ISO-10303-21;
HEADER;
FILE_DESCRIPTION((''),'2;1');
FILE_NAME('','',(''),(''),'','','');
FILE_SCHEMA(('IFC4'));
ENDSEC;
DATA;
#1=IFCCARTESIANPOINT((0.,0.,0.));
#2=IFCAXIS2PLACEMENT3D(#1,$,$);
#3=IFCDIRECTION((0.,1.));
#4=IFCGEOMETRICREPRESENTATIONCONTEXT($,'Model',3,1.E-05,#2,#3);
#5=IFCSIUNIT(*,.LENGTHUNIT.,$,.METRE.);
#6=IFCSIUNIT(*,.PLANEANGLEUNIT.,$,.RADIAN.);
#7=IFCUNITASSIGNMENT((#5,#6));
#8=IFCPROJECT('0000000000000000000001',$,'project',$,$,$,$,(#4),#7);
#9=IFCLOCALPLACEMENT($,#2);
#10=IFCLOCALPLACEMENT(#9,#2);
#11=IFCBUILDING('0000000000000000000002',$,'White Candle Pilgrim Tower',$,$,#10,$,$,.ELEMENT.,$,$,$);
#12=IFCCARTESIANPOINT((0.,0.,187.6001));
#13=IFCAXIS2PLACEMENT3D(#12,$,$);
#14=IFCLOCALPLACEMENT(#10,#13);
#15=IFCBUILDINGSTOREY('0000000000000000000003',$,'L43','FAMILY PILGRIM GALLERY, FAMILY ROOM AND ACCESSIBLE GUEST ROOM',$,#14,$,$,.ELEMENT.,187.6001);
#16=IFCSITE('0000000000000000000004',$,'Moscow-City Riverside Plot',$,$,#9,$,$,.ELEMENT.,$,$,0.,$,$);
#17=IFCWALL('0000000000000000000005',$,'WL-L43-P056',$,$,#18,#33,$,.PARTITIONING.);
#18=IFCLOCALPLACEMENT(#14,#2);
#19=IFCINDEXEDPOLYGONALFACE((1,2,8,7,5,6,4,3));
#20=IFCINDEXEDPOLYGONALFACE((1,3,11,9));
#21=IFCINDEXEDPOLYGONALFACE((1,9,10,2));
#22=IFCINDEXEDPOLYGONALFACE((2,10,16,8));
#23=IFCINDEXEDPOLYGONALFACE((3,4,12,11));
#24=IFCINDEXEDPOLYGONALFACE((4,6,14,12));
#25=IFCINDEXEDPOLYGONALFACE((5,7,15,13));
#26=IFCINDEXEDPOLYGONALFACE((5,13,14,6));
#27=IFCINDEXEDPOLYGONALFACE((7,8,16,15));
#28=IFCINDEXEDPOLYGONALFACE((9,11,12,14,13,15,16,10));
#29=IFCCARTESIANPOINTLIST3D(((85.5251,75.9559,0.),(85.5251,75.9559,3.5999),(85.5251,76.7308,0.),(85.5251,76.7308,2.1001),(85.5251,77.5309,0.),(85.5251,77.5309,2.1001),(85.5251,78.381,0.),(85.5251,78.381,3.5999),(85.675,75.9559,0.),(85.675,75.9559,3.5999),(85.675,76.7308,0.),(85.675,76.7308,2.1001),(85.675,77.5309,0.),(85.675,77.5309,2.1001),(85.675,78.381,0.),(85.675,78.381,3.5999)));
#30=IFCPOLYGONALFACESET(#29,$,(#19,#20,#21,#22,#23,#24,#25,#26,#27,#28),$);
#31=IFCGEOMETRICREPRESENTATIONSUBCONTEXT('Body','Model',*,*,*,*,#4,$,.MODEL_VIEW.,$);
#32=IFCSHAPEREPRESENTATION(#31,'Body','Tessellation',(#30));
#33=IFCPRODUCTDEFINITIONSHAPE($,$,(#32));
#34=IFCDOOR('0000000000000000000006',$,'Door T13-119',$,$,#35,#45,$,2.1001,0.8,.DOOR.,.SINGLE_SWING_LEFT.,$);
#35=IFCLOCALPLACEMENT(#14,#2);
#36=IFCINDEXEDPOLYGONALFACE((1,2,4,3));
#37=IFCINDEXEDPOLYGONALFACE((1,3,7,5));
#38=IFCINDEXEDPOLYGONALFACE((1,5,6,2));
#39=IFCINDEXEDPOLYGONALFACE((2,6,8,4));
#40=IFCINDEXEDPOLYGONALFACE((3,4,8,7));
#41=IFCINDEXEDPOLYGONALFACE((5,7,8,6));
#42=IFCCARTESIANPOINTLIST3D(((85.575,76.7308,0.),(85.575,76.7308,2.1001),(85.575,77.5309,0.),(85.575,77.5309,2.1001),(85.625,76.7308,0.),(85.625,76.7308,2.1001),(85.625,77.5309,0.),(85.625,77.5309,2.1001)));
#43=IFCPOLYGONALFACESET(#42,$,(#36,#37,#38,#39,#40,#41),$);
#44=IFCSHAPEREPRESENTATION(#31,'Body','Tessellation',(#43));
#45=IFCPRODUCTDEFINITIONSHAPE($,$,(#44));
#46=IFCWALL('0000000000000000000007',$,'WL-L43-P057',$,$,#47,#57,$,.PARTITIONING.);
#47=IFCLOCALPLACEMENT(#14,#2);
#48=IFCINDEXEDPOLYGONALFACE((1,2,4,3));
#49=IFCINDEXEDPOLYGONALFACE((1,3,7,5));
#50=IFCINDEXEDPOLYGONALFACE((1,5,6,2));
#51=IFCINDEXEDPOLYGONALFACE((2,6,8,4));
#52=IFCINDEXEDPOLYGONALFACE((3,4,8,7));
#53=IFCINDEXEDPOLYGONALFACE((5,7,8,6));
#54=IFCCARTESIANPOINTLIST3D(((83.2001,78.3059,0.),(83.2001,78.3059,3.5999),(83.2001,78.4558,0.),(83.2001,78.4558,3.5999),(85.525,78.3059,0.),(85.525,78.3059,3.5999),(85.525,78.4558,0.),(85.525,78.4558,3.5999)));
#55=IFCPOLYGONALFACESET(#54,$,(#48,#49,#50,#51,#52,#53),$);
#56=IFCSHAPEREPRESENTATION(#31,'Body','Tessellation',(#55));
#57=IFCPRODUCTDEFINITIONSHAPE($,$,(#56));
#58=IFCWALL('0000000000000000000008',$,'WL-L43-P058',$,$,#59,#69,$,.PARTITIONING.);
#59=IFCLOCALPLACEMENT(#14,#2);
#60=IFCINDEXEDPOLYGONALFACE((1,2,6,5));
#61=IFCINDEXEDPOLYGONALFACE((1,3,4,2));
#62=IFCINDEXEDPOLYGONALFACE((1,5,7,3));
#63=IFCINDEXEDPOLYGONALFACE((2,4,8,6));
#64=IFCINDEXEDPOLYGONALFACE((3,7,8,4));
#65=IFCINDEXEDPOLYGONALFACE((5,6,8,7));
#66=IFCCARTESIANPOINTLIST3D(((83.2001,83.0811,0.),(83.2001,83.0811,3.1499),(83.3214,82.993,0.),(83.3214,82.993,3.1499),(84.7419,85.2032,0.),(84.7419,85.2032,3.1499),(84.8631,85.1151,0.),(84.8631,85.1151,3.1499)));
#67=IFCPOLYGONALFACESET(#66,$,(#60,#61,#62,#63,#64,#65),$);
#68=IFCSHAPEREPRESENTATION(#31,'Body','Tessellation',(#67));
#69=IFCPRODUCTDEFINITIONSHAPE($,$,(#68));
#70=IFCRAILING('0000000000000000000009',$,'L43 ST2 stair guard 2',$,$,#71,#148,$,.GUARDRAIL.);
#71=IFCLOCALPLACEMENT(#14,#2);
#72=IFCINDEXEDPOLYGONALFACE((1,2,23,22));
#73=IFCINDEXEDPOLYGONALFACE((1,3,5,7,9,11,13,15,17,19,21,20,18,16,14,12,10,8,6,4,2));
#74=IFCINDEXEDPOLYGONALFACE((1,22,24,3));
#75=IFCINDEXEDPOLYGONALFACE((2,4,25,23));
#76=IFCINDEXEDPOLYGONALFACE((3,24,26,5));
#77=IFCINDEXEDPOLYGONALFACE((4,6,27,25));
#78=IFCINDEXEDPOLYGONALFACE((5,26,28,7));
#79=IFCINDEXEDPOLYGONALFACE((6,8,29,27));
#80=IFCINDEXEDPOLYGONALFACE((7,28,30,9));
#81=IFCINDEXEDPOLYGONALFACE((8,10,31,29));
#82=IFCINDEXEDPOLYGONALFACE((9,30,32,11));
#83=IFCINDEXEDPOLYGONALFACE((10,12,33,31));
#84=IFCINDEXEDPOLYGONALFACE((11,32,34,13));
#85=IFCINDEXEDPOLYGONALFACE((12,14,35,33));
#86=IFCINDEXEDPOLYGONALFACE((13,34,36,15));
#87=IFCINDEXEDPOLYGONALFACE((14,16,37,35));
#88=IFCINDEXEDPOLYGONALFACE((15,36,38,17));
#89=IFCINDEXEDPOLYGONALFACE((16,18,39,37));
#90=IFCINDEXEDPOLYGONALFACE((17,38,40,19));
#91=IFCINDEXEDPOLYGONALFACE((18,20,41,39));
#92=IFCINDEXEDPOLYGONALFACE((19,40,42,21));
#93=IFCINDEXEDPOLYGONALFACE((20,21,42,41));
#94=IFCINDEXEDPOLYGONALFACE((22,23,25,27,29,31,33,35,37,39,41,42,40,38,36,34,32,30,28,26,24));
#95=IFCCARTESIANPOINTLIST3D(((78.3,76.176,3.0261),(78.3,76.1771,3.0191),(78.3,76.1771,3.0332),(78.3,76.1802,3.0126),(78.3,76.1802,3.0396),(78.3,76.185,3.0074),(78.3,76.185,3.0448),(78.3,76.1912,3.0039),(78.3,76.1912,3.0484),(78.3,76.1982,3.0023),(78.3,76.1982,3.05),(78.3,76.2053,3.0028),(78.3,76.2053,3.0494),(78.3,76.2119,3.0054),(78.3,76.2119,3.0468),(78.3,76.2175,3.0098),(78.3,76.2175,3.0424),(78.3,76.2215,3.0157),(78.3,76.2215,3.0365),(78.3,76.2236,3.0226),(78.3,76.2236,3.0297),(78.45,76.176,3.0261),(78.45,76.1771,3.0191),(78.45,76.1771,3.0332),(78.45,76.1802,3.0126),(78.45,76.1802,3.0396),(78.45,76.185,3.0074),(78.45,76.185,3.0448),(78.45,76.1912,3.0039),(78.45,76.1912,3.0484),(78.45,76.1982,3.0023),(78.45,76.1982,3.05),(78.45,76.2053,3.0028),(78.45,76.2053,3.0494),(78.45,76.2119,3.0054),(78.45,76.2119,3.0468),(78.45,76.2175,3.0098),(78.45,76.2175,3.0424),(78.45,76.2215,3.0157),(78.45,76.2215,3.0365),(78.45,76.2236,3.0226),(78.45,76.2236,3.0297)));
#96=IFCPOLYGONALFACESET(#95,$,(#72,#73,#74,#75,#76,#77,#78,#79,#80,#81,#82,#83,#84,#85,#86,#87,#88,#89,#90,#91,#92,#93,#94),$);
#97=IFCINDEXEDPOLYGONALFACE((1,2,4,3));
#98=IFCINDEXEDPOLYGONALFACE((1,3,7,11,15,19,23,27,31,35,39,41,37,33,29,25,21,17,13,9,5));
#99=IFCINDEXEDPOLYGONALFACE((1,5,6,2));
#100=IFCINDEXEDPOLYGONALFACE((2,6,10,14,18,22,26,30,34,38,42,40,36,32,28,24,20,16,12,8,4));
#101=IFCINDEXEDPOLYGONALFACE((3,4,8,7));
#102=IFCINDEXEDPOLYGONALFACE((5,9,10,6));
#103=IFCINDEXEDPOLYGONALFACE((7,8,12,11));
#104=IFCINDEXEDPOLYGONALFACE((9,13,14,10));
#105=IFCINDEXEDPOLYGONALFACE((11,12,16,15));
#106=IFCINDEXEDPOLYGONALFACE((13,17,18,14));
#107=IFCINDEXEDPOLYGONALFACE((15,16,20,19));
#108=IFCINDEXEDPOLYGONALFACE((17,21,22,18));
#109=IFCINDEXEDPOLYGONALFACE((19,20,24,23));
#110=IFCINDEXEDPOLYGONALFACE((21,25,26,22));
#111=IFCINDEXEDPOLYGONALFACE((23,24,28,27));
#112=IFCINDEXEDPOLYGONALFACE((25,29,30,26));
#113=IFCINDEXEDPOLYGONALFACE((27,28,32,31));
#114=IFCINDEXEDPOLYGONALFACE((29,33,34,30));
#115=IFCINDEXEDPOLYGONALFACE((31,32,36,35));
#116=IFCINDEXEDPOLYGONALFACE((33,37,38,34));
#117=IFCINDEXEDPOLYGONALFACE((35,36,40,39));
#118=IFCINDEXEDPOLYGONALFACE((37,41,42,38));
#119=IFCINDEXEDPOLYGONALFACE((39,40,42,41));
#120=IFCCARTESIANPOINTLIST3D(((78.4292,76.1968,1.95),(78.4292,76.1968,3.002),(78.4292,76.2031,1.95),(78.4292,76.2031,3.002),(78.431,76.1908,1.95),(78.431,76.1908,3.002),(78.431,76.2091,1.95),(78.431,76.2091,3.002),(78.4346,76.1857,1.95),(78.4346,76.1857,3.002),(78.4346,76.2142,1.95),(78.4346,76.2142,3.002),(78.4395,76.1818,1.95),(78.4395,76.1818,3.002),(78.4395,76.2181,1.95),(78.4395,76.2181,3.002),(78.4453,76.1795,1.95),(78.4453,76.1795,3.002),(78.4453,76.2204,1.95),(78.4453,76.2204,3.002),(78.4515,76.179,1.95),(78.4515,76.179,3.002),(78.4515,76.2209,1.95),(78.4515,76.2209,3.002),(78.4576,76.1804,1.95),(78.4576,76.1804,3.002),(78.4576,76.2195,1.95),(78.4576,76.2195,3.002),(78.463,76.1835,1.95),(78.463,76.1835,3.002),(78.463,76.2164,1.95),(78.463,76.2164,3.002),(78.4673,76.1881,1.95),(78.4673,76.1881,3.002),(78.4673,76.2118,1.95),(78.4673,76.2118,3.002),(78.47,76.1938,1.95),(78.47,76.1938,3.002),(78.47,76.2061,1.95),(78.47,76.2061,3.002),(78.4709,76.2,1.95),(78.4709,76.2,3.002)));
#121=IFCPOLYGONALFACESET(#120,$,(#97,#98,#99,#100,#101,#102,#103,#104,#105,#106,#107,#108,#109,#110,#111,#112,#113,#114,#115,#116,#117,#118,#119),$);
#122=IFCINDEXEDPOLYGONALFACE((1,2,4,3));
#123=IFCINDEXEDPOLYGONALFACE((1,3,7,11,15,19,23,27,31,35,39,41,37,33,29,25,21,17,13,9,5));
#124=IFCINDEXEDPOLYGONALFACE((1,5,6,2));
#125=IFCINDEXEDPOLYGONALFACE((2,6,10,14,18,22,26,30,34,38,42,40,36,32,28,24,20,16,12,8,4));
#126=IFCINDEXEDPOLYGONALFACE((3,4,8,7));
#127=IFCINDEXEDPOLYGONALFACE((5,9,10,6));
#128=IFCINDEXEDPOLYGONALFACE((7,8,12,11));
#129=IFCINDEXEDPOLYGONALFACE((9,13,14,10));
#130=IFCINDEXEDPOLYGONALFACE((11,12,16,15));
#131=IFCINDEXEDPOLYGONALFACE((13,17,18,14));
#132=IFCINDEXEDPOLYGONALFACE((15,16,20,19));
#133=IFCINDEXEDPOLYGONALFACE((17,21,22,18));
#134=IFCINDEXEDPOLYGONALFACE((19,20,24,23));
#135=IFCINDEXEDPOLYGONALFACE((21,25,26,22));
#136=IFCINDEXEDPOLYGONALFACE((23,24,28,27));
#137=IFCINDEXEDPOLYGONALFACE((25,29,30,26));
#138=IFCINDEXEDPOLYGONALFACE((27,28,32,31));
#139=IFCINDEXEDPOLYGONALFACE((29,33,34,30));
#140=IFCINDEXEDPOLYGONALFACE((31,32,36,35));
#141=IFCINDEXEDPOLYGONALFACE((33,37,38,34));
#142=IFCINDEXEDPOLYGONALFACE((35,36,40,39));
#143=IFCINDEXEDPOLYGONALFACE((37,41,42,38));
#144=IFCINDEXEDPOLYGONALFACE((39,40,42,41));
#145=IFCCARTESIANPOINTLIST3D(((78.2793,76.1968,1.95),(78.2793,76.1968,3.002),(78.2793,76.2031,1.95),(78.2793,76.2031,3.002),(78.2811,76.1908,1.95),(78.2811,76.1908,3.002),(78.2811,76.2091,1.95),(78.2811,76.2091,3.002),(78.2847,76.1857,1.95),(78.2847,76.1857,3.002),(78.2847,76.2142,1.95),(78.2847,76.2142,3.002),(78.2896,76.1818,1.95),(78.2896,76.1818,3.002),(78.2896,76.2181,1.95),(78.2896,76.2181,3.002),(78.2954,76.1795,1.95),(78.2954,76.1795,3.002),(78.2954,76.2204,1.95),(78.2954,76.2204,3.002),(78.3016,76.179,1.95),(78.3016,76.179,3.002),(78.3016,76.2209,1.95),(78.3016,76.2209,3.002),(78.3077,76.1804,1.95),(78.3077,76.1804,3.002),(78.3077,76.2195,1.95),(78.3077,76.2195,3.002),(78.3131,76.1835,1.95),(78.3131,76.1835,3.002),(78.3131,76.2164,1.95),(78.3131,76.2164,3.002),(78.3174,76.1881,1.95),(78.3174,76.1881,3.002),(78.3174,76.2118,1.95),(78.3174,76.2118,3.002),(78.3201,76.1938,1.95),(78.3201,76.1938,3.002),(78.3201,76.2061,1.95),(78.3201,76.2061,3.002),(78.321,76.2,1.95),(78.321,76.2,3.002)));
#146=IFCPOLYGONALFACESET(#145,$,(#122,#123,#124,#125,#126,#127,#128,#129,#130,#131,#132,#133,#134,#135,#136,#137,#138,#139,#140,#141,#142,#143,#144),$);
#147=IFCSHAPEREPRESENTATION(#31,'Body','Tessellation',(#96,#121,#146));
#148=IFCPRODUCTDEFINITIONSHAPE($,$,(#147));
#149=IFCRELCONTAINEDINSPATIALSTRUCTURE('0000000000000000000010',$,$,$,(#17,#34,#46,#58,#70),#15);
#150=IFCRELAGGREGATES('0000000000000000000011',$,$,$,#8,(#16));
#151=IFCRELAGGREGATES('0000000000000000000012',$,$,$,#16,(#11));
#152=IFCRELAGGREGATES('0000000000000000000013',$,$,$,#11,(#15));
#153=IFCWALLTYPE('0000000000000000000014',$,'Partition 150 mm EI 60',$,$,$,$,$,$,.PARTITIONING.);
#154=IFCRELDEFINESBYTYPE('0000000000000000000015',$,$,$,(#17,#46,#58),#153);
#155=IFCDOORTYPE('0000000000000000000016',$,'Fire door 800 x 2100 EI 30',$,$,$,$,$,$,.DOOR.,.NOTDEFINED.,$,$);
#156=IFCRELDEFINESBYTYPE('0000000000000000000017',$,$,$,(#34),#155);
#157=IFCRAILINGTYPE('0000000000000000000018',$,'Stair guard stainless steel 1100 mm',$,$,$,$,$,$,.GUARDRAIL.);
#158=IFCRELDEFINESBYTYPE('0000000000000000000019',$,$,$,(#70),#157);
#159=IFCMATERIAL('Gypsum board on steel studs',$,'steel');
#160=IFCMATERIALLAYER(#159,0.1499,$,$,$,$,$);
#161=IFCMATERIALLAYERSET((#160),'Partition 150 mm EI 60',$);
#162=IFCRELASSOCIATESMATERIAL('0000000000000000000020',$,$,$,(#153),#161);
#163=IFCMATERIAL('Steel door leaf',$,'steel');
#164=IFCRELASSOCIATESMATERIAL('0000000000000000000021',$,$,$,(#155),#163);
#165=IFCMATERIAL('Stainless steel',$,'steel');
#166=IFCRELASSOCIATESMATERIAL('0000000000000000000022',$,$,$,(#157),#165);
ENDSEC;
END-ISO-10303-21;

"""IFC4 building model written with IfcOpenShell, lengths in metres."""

from ifc_helpers import new_model, si_unit, direction, frame, frame_2d, origin, origin_2d, place, context, subcontext, project, spatial, rectangle, circle, extrude, material, layer, layer_set, type_object, element, fill, save


model = new_model("IFC4")

# Units and contexts
model_context = context("Model", 3, precision=1e-05, world=origin(), true_north=direction((0.0, 1.0)))
body_context = subcontext(model_context, "Body", "Model", "MODEL_VIEW")
ifc_project = project(units=[si_unit("LENGTHUNIT", "METRE"), si_unit("PLANEANGLEUNIT", "RADIAN")], contexts=[model_context])

# Site, building, storey
site_placement = place(None, origin())
site = spatial("IfcSite", under=ifc_project, at=site_placement, Name="Moscow-City Riverside Plot", CompositionType="ELEMENT", RefElevation=0.0)
building_placement = place(site_placement, origin())
building = spatial("IfcBuilding", under=site, at=building_placement, Name="White Candle Pilgrim Tower", CompositionType="ELEMENT")
storey_placement = place(building_placement, frame((0.0, 0.0, 187.6001)))
storey = spatial("IfcBuildingStorey", under=building, at=storey_placement, Name="L43", Description="FAMILY PILGRIM GALLERY, FAMILY ROOM AND ACCESSIBLE GUEST ROOM", CompositionType="ELEMENT", Elevation=187.6001)

# Shared definitions
ifc_material_1 = material(Name="Steel door leaf", Category="steel")

# Shared definitions
ifc_material_2 = material(Name="Gypsum board on steel studs", Category="steel")

# Shared definitions
ifc_layer_1 = layer(ifc_material_2, 0.1499)
ifc_layer_set_1 = layer_set([ifc_layer_1], Name="Partition 150 mm EI 60")
wall_type_1 = type_object("IfcWallType", Name="Partition 150 mm EI 60", PredefinedType="PARTITIONING", material=ifc_layer_set_1)

# Wall, opening, door
wall_1_placement = place(storey_placement, frame((85.6001, 78.3809, 0.0), z_axis=(0.0, 0.0, 1.0), x_axis=(0.0, -1.0, 0.0)))
wall_1 = element("IfcWall", 1, at=wall_1_placement, inside=storey, type_object=wall_type_1, Name="WL-L43-P056", PredefinedType="PARTITIONING", context=body_context, shape_type="SweptSolid", body=[
    extrude(rectangle(XDim=2.425, YDim=0.1499, at=frame_2d((1.2124, 0.0))), origin(), (0.0, 0.0, 1.0), 3.5999),
])
opening_1_placement = place(wall_1_placement, frame((0.8501, 0.0, 0.0)))
opening_1 = element("IfcOpeningElement", 2, at=opening_1_placement, cuts=wall_1, PredefinedType="OPENING", context=body_context, shape_type="SweptSolid", body=[
    extrude(rectangle(XDim=0.8, YDim=2.1001, at=frame_2d((0.3999, 1.05))), frame((0.0, 0.085, 0.0), z_axis=(0.0, -1.0, 0.0), x_axis=(1.0, 0.0, 0.0)), (0.0, 0.0, 1.0), 0.1699),
])
door_type_1 = type_object("IfcDoorType", Name="Fire door 800 x 2100 EI 30", OperationType="NOTDEFINED", PredefinedType="DOOR", material=ifc_material_1)
door_1_placement = place(opening_1_placement, origin())
door_1 = element("IfcDoor", 3, at=door_1_placement, inside=storey, type_object=door_type_1, Name="Door T13-119", OperationType="SINGLE_SWING_LEFT", OverallHeight=2.1001, OverallWidth=0.8, PredefinedType="DOOR", context=body_context, shape_type="SweptSolid", body=[
    extrude(rectangle(XDim=0.8, YDim=2.1001, at=frame_2d((0.3999, 1.05))), frame((0.0, 0.0249, 0.0), z_axis=(0.0, -1.0, 0.0), x_axis=(1.0, 0.0, 0.0)), (0.0, 0.0, 1.0), 0.05),
])
fill(opening_1, door_1)

# Walls
wall_2_placement = place(storey_placement, frame((83.2, 78.3809, 0.0), z_axis=(0.0, 0.0, 1.0), x_axis=(1.0, 0.0, 0.0)))
element("IfcWall", 4, at=wall_2_placement, inside=storey, type_object=wall_type_1, Name="WL-L43-P057", PredefinedType="PARTITIONING", context=body_context, shape_type="SweptSolid", body=[
    extrude(rectangle(XDim=2.325, YDim=0.1499, at=frame_2d((1.1626, 0.0))), origin(), (0.0, 0.0, 1.0), 3.5999),
])
wall_3_placement = place(storey_placement, frame((84.8025, 85.1592, 0.0), z_axis=(0.0, 0.0, 1.0), x_axis=(-0.587779, -0.809022, 0.0)))
element("IfcWall", 5, at=wall_3_placement, inside=storey, type_object=wall_type_1, Name="WL-L43-P058", PredefinedType="PARTITIONING", context=body_context, shape_type="SweptSolid", body=[
    extrude(rectangle(XDim=2.623, YDim=0.1499, at=frame_2d((1.3115, 0.0))), origin(), (0.0, 0.0, 1.0), 3.1499),
])

# Railing
ifc_material_3 = material(Name="Stainless steel", Category="steel")
railing_type = type_object("IfcRailingType", Name="Stair guard stainless steel 1100 mm", PredefinedType="GUARDRAIL", material=ifc_material_3)
railing_1_placement = place(storey_placement, frame((78.45, 76.2, 1.95)))
element("IfcRailing", 6, at=railing_1_placement, inside=storey, type_object=railing_type, Name="L43 ST2 stair guard 2", PredefinedType="GUARDRAIL", context=body_context, shape_type="SweptSolid", body=[
    extrude(circle(Radius=0.0239, at=origin_2d()), frame((0.0, 0.0, 1.0762), z_axis=(-1.0, 0.0, 0.0), x_axis=(0.0, -1.0, 0.0)), (0.0, 0.0, 1.0), 0.1499),
    extrude(circle(Radius=0.021, at=origin_2d()), origin(), (0.0, 0.0, 1.0), 1.052),
    extrude(circle(Radius=0.021, at=origin_2d()), frame((-0.1499, 0.0, 0.0)), (0.0, 0.0, 1.0), 1.052),
])

save(model, "model.ifc")
